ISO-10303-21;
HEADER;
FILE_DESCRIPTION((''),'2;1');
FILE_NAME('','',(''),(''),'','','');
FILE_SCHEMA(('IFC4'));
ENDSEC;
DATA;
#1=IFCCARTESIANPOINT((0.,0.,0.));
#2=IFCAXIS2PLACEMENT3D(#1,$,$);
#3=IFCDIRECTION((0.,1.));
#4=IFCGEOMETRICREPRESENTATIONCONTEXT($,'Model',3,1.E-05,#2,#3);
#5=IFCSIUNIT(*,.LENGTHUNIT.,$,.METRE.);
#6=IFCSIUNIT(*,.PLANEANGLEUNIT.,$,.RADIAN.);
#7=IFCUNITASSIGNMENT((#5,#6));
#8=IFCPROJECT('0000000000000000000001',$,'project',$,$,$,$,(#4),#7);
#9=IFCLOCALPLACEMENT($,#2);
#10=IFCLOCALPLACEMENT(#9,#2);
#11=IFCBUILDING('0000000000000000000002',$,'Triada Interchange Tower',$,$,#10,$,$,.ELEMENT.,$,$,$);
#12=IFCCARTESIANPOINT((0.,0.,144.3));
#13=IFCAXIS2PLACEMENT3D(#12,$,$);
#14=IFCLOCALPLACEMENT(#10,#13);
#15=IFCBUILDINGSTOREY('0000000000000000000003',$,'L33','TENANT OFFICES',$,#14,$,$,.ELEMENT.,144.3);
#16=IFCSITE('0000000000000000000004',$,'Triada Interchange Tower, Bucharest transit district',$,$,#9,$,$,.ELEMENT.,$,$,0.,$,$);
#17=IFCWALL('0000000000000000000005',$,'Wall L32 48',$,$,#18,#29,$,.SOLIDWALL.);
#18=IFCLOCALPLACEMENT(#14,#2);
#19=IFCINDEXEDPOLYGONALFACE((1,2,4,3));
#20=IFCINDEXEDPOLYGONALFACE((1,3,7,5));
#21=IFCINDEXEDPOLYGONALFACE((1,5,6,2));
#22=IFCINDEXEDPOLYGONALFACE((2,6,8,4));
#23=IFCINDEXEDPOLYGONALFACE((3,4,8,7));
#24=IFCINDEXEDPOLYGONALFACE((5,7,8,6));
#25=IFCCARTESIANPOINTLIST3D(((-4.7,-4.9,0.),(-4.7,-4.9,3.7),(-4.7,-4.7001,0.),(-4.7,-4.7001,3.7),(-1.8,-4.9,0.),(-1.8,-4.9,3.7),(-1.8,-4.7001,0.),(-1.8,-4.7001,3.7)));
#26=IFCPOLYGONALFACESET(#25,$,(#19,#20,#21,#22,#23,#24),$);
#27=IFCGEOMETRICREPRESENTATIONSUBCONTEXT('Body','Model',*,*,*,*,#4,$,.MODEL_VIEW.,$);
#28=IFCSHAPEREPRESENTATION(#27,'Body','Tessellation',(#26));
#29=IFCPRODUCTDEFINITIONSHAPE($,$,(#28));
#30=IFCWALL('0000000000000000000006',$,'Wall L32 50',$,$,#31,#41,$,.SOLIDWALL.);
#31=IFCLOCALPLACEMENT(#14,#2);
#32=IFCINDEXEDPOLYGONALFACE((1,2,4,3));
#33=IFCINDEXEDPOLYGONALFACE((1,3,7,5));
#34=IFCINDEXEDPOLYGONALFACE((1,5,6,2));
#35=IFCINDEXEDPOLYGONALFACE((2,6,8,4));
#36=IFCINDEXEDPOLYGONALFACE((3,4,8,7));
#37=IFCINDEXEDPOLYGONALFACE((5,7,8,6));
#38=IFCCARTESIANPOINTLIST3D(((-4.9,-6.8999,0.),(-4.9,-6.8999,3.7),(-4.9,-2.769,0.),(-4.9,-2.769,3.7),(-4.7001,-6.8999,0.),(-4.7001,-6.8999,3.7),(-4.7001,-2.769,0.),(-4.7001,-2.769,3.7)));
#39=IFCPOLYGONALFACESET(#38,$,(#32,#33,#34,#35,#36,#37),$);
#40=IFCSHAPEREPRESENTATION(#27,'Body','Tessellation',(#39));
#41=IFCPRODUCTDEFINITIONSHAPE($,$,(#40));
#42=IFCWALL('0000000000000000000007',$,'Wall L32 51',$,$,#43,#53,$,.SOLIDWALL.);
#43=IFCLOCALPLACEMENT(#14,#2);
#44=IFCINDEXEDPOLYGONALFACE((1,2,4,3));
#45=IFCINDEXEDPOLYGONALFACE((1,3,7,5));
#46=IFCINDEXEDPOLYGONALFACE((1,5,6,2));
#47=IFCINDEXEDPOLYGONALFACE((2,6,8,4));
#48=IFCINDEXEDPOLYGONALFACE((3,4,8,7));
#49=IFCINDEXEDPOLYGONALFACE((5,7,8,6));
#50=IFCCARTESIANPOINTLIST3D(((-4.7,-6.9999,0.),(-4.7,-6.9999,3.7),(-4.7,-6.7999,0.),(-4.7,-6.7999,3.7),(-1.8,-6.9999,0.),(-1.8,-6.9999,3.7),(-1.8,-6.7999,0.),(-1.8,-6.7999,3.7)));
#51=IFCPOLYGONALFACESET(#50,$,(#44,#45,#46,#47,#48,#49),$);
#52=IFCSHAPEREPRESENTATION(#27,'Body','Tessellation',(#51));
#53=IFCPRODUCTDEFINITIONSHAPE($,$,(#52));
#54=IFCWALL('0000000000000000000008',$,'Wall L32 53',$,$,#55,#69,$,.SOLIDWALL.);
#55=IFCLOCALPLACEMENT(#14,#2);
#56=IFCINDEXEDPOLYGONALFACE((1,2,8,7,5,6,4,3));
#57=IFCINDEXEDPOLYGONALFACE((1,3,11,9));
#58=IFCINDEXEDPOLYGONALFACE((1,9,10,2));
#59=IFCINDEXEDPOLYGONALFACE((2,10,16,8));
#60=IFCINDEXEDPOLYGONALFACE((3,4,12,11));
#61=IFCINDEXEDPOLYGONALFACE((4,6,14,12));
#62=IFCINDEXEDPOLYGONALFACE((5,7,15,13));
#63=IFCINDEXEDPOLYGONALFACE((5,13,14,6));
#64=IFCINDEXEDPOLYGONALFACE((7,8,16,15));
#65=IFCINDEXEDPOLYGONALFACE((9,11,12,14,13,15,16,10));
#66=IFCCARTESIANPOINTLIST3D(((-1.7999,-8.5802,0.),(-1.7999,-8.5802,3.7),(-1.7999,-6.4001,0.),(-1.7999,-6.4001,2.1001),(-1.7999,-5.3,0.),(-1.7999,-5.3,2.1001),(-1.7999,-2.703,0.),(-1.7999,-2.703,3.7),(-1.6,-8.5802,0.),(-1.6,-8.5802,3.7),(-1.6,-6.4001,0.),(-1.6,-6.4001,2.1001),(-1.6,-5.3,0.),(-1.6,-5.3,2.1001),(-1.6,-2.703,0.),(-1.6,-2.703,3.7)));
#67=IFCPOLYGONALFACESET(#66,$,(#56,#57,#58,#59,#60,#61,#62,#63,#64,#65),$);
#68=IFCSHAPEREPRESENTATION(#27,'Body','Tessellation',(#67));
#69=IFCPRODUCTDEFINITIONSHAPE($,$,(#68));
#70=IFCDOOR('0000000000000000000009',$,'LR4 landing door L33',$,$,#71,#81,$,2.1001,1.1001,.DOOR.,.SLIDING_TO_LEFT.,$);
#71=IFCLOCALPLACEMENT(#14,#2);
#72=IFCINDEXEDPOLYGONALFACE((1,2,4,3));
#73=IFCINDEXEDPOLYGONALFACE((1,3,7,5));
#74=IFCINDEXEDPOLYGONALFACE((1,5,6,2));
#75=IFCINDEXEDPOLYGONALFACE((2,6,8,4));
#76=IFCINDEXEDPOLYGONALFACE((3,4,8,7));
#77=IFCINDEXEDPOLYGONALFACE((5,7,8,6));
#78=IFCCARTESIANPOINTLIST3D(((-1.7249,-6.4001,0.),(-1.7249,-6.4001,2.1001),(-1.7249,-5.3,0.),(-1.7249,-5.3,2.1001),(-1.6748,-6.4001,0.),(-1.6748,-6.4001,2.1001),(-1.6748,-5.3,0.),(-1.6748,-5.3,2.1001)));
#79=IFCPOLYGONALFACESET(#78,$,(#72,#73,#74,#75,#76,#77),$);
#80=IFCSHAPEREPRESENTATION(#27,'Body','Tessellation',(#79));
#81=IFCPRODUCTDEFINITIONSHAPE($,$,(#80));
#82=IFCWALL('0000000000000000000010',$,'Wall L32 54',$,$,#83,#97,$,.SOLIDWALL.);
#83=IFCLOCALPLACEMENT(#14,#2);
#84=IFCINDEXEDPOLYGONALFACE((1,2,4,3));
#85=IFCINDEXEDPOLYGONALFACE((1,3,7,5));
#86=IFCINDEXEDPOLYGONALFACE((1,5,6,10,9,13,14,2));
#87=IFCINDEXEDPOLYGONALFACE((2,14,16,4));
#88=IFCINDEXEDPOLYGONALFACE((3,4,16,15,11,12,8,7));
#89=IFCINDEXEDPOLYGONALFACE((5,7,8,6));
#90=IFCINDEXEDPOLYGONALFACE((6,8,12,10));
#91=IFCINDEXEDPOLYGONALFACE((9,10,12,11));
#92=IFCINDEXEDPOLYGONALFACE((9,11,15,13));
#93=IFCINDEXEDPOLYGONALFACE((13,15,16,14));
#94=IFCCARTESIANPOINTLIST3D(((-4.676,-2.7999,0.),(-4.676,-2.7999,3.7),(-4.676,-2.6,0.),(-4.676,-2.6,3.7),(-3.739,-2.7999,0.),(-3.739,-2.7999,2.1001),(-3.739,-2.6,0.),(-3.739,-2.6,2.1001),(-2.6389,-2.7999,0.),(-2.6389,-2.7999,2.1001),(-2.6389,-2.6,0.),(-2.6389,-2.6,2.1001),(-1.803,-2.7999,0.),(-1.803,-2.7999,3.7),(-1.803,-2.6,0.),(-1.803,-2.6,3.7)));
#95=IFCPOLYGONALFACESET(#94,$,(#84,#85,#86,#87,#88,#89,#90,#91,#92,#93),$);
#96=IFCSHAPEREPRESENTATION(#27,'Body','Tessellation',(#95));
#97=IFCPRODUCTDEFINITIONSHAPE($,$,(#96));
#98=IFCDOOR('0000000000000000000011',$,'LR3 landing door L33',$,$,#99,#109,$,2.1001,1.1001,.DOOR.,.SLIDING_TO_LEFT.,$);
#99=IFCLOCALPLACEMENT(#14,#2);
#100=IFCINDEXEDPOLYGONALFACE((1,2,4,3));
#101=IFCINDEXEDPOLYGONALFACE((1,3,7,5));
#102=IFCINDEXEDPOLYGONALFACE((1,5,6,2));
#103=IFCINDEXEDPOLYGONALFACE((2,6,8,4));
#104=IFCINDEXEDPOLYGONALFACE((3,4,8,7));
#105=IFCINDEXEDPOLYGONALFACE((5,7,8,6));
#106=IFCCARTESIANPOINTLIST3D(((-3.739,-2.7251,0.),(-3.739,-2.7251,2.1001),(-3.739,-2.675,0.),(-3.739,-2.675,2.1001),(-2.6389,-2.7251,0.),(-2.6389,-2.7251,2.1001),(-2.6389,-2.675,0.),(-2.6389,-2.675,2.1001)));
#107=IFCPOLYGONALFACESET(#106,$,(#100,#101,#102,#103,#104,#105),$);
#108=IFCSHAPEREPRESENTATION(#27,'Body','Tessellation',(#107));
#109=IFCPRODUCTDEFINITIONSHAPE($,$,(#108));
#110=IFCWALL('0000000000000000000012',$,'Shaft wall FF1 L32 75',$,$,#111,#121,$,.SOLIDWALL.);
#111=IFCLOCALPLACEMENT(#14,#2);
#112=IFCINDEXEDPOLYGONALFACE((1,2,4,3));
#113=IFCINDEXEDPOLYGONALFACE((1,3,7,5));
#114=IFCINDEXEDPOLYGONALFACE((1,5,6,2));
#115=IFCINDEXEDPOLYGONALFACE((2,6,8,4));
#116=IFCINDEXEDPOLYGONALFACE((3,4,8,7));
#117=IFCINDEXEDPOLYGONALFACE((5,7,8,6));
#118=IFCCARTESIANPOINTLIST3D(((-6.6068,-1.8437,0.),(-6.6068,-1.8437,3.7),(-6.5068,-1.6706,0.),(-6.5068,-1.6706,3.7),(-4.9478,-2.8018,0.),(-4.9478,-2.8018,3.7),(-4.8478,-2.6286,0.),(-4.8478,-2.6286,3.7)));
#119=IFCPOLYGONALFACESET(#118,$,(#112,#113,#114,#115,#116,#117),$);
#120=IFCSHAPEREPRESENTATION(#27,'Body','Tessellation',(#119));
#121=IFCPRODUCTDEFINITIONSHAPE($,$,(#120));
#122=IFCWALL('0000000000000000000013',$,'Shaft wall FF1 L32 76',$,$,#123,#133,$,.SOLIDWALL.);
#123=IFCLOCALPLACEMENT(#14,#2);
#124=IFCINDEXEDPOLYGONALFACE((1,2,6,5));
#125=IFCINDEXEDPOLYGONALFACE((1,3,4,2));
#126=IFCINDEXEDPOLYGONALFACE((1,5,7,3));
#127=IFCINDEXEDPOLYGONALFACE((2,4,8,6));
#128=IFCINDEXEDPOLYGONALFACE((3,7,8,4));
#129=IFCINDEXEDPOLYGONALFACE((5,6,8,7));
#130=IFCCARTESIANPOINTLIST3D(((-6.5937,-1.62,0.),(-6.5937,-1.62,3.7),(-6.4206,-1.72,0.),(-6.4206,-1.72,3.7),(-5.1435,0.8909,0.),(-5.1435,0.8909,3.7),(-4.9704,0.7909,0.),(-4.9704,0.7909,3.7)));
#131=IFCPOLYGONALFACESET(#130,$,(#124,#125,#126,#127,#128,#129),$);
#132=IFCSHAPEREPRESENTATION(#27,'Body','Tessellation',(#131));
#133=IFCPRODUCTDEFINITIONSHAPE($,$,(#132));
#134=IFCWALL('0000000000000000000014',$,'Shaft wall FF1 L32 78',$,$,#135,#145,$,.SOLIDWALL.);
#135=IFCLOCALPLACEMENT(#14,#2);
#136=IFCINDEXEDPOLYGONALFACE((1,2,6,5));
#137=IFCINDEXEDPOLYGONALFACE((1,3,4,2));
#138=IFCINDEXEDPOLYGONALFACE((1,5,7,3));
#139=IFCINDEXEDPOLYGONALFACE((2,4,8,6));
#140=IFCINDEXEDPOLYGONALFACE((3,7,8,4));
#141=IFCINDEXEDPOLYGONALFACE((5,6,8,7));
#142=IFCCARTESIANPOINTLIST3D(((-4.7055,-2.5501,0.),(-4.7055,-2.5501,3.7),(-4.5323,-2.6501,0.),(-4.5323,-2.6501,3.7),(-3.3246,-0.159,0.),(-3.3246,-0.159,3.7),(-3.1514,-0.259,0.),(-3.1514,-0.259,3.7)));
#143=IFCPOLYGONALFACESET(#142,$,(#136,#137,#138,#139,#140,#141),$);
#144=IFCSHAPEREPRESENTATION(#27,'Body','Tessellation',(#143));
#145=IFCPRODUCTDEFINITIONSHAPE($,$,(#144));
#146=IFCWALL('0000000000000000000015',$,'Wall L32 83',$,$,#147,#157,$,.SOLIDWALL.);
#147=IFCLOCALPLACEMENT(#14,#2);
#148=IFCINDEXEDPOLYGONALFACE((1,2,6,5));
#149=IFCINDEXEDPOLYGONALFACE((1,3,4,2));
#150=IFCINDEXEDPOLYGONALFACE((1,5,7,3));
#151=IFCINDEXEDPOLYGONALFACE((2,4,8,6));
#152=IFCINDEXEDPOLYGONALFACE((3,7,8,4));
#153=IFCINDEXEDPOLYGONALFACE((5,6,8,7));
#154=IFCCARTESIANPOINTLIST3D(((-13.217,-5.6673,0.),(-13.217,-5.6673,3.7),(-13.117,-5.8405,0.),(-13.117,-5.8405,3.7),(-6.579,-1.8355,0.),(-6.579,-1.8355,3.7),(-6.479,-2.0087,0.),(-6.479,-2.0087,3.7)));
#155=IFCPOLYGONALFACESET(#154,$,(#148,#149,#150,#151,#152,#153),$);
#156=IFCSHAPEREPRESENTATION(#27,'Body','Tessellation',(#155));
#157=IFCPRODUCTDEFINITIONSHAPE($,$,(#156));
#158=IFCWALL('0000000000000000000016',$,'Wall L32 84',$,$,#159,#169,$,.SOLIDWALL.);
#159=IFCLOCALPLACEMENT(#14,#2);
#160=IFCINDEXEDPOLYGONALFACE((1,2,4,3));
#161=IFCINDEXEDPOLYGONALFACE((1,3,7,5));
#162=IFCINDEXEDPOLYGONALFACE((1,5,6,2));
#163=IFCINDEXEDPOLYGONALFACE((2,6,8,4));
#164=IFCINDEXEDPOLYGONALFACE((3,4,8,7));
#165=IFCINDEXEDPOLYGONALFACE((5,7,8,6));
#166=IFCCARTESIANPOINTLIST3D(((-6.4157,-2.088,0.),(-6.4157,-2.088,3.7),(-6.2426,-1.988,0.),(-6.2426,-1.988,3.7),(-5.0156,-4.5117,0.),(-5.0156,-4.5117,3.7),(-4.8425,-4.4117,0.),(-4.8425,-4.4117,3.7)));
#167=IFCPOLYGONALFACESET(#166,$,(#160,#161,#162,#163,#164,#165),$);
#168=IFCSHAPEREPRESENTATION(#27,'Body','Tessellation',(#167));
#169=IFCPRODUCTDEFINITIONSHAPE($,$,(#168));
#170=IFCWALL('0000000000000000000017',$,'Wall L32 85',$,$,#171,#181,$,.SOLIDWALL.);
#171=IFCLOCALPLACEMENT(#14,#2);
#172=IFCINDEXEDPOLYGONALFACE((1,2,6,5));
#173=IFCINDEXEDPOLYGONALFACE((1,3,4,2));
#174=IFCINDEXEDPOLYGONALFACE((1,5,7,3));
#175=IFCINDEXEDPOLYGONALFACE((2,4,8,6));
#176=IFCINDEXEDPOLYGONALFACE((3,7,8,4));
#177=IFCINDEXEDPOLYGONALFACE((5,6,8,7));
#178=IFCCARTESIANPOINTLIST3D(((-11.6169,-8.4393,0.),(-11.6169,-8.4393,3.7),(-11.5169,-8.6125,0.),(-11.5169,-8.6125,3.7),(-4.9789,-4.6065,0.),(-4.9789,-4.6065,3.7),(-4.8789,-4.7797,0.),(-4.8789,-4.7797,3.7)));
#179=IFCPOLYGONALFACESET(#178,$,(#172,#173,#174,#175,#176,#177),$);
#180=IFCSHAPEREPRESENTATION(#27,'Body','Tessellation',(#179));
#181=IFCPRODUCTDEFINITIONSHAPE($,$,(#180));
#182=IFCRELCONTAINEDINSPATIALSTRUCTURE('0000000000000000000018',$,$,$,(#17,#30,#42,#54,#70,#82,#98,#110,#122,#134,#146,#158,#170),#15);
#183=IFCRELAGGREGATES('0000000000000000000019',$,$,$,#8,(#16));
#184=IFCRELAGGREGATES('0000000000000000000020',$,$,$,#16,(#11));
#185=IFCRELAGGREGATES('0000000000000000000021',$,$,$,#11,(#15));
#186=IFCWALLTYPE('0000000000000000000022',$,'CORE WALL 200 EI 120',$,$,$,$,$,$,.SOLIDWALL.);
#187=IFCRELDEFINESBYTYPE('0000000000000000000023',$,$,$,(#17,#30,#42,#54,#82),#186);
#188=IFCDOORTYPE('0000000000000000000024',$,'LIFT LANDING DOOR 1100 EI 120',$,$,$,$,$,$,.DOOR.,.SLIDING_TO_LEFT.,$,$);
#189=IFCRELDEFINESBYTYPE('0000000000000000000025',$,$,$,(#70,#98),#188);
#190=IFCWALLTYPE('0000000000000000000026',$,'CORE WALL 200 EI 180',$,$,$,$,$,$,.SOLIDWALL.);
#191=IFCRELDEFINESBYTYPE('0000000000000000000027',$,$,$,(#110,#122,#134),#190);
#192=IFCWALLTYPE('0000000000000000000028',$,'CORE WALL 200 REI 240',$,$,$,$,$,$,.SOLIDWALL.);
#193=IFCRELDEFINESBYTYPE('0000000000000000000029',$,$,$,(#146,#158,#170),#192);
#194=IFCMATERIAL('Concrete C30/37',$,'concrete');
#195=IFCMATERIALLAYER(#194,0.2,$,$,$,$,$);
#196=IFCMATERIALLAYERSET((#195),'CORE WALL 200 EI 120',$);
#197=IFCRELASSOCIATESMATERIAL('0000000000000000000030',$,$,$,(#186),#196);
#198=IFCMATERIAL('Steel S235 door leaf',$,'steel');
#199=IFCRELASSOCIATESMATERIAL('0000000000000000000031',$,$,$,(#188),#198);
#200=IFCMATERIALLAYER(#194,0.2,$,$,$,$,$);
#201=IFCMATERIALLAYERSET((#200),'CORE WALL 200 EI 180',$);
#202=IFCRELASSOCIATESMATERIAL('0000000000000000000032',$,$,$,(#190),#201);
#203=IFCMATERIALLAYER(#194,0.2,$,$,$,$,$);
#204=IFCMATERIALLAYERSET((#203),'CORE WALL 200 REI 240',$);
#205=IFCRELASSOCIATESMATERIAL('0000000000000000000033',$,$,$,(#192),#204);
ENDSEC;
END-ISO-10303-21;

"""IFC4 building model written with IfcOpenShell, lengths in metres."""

from ifc_helpers import new_model, si_unit, direction, frame, frame_2d, origin, place, context, subcontext, project, spatial, rectangle, extrude, material, layer, layer_set, type_object, element, fill, save


model = new_model("IFC4")

# Units and contexts
model_context = context("Model", 3, precision=1e-05, world=origin(), true_north=direction((0.0, 1.0)))
body_context = subcontext(model_context, "Body", "Model", "MODEL_VIEW")
ifc_project = project(units=[si_unit("LENGTHUNIT", "METRE"), si_unit("PLANEANGLEUNIT", "RADIAN")], contexts=[model_context])

# Site, building, storey
site_placement = place(None, origin())
site = spatial("IfcSite", under=ifc_project, at=site_placement, Name="Triada Interchange Tower, Bucharest transit district", CompositionType="ELEMENT", RefElevation=0.0)
building_placement = place(site_placement, origin())
building = spatial("IfcBuilding", under=site, at=building_placement, Name="Triada Interchange Tower", CompositionType="ELEMENT")
storey_placement = place(building_placement, frame((0.0, 0.0, 144.3)))
storey = spatial("IfcBuildingStorey", under=building, at=storey_placement, Name="L33", Description="TENANT OFFICES", CompositionType="ELEMENT", Elevation=144.3)

# Walls
ifc_material_1 = material(Name="Concrete C30/37", Category="concrete")
ifc_layer_1 = layer(ifc_material_1, 0.2)
ifc_layer_set_1 = layer_set([ifc_layer_1], Name="CORE WALL 200 EI 120")
wall_type_1 = type_object("IfcWallType", Name="CORE WALL 200 EI 120", PredefinedType="SOLIDWALL", material=ifc_layer_set_1)
wall_1_placement = place(storey_placement, frame((-4.7, -4.8, 0.0), z_axis=(0.0, 0.0, 1.0), x_axis=(1.0, 0.0, 0.0)))
element("IfcWall", 1, at=wall_1_placement, inside=storey, type_object=wall_type_1, Name="Wall L32 48", PredefinedType="SOLIDWALL", context=body_context, shape_type="SweptSolid", body=[
    extrude(rectangle(XDim=2.8999, YDim=0.2, at=frame_2d((1.45, 0.0))), origin(), (0.0, 0.0, 1.0), 3.7),
])
wall_2_placement = place(storey_placement, frame((-4.8, -6.8999, 0.0), z_axis=(0.0, 0.0, 1.0), x_axis=(0.0, 1.0, 0.0)))
element("IfcWall", 2, at=wall_2_placement, inside=storey, type_object=wall_type_1, Name="Wall L32 50", PredefinedType="SOLIDWALL", context=body_context, shape_type="SweptSolid", body=[
    extrude(rectangle(XDim=4.1309, YDim=0.2, at=frame_2d((2.0654, 0.0))), origin(), (0.0, 0.0, 1.0), 3.7),
])
wall_3_placement = place(storey_placement, frame((-4.7, -6.8999, 0.0), z_axis=(0.0, 0.0, 1.0), x_axis=(1.0, 0.0, 0.0)))
element("IfcWall", 3, at=wall_3_placement, inside=storey, type_object=wall_type_1, Name="Wall L32 51", PredefinedType="SOLIDWALL", context=body_context, shape_type="SweptSolid", body=[
    extrude(rectangle(XDim=2.8999, YDim=0.2, at=frame_2d((1.45, 0.0))), origin(), (0.0, 0.0, 1.0), 3.7),
])

# Walls, openings, doors
wall_4_placement = place(storey_placement, frame((-1.7, -8.5801, 0.0), z_axis=(0.0, 0.0, 1.0), x_axis=(0.0, 1.0, 0.0)))
wall_4 = element("IfcWall", 4, at=wall_4_placement, inside=storey, type_object=wall_type_1, Name="Wall L32 53", PredefinedType="SOLIDWALL", context=body_context, shape_type="SweptSolid", body=[
    extrude(rectangle(XDim=5.8772, YDim=0.2, at=frame_2d((2.9385, 0.0))), origin(), (0.0, 0.0, 1.0), 3.7),
])
opening_1_placement = place(wall_4_placement, frame((2.1799, 0.0, 0.0)))
opening_1 = element("IfcOpeningElement", 5, at=opening_1_placement, cuts=wall_4, PredefinedType="OPENING", context=body_context, shape_type="SweptSolid", body=[
    extrude(rectangle(XDim=1.1001, YDim=2.1001, at=frame_2d((0.55, 1.05))), frame((0.0, 0.1099, 0.0), z_axis=(0.0, -1.0, 0.0), x_axis=(1.0, 0.0, 0.0)), (0.0, 0.0, 1.0), 0.22),
])
ifc_material_2 = material(Name="Steel S235 door leaf", Category="steel")
door_type_1 = type_object("IfcDoorType", Name="LIFT LANDING DOOR 1100 EI 120", OperationType="SLIDING_TO_LEFT", PredefinedType="DOOR", material=ifc_material_2)
door_1_placement = place(opening_1_placement, origin())
door_1 = element("IfcDoor", 6, at=door_1_placement, inside=storey, type_object=door_type_1, Name="LR4 landing door L33", OperationType="SLIDING_TO_LEFT", OverallHeight=2.1001, OverallWidth=1.1001, PredefinedType="DOOR", context=body_context, shape_type="SweptSolid", body=[
    extrude(rectangle(XDim=1.1001, YDim=2.1001, at=frame_2d((0.55, 1.05))), frame((0.0, 0.0249, 0.0), z_axis=(0.0, -1.0, 0.0), x_axis=(1.0, 0.0, 0.0)), (0.0, 0.0, 1.0), 0.05),
])
fill(opening_1, door_1)
wall_5_placement = place(storey_placement, frame((-4.676, -2.7, 0.0), z_axis=(0.0, 0.0, 1.0), x_axis=(1.0, 0.0, 0.0)))
wall_5 = element("IfcWall", 7, at=wall_5_placement, inside=storey, type_object=wall_type_1, Name="Wall L32 54", PredefinedType="SOLIDWALL", context=body_context, shape_type="SweptSolid", body=[
    extrude(rectangle(XDim=2.873, YDim=0.2, at=frame_2d((1.4365, 0.0))), origin(), (0.0, 0.0, 1.0), 3.7),
])
opening_2_placement = place(wall_5_placement, frame((0.937, 0.0, 0.0)))
opening_2 = element("IfcOpeningElement", 8, at=opening_2_placement, cuts=wall_5, PredefinedType="OPENING", context=body_context, shape_type="SweptSolid", body=[
    extrude(rectangle(XDim=1.1001, YDim=2.1001, at=frame_2d((0.55, 1.05))), frame((0.0, 0.1099, 0.0), z_axis=(0.0, -1.0, 0.0), x_axis=(1.0, 0.0, 0.0)), (0.0, 0.0, 1.0), 0.22),
])
door_2_placement = place(opening_2_placement, origin())
door_2 = element("IfcDoor", 9, at=door_2_placement, inside=storey, type_object=door_type_1, Name="LR3 landing door L33", OperationType="SLIDING_TO_LEFT", OverallHeight=2.1001, OverallWidth=1.1001, PredefinedType="DOOR", context=body_context, shape_type="SweptSolid", body=[
    extrude(rectangle(XDim=1.1001, YDim=2.1001, at=frame_2d((0.55, 1.05))), frame((0.0, 0.0249, 0.0), z_axis=(0.0, -1.0, 0.0), x_axis=(1.0, 0.0, 0.0)), (0.0, 0.0, 1.0), 0.05),
])
fill(opening_2, door_2)

# Walls
ifc_layer_2 = layer(ifc_material_1, 0.2)
ifc_layer_set_2 = layer_set([ifc_layer_2], Name="CORE WALL 200 EI 180")
wall_type_2 = type_object("IfcWallType", Name="CORE WALL 200 EI 180", PredefinedType="SOLIDWALL", material=ifc_layer_set_2)
wall_6_placement = place(storey_placement, frame((-6.5569, -1.7571, 0.0), z_axis=(0.0, 0.0, 1.0), x_axis=(0.865975, -0.500086, 0.0)))
element("IfcWall", 10, at=wall_6_placement, inside=storey, type_object=wall_type_2, Name="Shaft wall FF1 L32 75", PredefinedType="SOLIDWALL", context=body_context, shape_type="SweptSolid", body=[
    extrude(rectangle(XDim=1.9158, YDim=0.2, at=frame_2d((0.958, 0.0))), origin(), (0.0, 0.0, 1.0), 3.7),
])
wall_7_placement = place(storey_placement, frame((-6.5071, -1.6699, 0.0), z_axis=(0.0, 0.0, 1.0), x_axis=(0.500123, 0.865954, 0.0)))
element("IfcWall", 11, at=wall_7_placement, inside=storey, type_object=wall_type_2, Name="Shaft wall FF1 L32 76", PredefinedType="SOLIDWALL", context=body_context, shape_type="SweptSolid", body=[
    extrude(rectangle(XDim=2.8997, YDim=0.2, at=frame_2d((1.4497, 0.0))), origin(), (0.0, 0.0, 1.0), 3.7),
])
wall_8_placement = place(storey_placement, frame((-4.6189, -2.6001, 0.0), z_axis=(0.0, 0.0, 1.0), x_axis=(0.500095, 0.865971, 0.0)))
element("IfcWall", 12, at=wall_8_placement, inside=storey, type_object=wall_type_2, Name="Shaft wall FF1 L32 78", PredefinedType="SOLIDWALL", context=body_context, shape_type="SweptSolid", body=[
    extrude(rectangle(XDim=2.7612, YDim=0.2, at=frame_2d((1.3806, 0.0))), origin(), (0.0, 0.0, 1.0), 3.7),
])
ifc_layer_3 = layer(ifc_material_1, 0.2)
ifc_layer_set_3 = layer_set([ifc_layer_3], Name="CORE WALL 200 REI 240")
wall_type_3 = type_object("IfcWallType", Name="CORE WALL 200 REI 240", PredefinedType="SOLIDWALL", material=ifc_layer_set_3)
wall_9_placement = place(storey_placement, frame((-13.167, -5.7539, 0.0), z_axis=(0.0, 0.0, 1.0), x_axis=(0.866061, 0.499938, 0.0)))
element("IfcWall", 13, at=wall_9_placement, inside=storey, type_object=wall_type_3, Name="Wall L32 83", PredefinedType="SOLIDWALL", context=body_context, shape_type="SweptSolid", body=[
    extrude(rectangle(XDim=7.6646, YDim=0.2, at=frame_2d((3.8323, 0.0))), origin(), (0.0, 0.0, 1.0), 3.7),
])
wall_10_placement = place(storey_placement, frame((-6.3291, -2.0381, 0.0), z_axis=(0.0, 0.0, 1.0), x_axis=(0.500201, -0.86591, 0.0)))
element("IfcWall", 14, at=wall_10_placement, inside=storey, type_object=wall_type_3, Name="Wall L32 84", PredefinedType="SOLIDWALL", context=body_context, shape_type="SweptSolid", body=[
    extrude(rectangle(XDim=2.7991, YDim=0.2, at=frame_2d((1.3994, 0.0))), origin(), (0.0, 0.0, 1.0), 3.7),
])
wall_11_placement = place(storey_placement, frame((-11.5669, -8.5259, 0.0), z_axis=(0.0, 0.0, 1.0), x_axis=(0.866006, 0.500034, 0.0)))
element("IfcWall", 15, at=wall_11_placement, inside=storey, type_object=wall_type_3, Name="Wall L32 85", PredefinedType="SOLIDWALL", context=body_context, shape_type="SweptSolid", body=[
    extrude(rectangle(XDim=7.665, YDim=0.2, at=frame_2d((3.8325, 0.0))), origin(), (0.0, 0.0, 1.0), 3.7),
])

save(model, "model.ifc")
